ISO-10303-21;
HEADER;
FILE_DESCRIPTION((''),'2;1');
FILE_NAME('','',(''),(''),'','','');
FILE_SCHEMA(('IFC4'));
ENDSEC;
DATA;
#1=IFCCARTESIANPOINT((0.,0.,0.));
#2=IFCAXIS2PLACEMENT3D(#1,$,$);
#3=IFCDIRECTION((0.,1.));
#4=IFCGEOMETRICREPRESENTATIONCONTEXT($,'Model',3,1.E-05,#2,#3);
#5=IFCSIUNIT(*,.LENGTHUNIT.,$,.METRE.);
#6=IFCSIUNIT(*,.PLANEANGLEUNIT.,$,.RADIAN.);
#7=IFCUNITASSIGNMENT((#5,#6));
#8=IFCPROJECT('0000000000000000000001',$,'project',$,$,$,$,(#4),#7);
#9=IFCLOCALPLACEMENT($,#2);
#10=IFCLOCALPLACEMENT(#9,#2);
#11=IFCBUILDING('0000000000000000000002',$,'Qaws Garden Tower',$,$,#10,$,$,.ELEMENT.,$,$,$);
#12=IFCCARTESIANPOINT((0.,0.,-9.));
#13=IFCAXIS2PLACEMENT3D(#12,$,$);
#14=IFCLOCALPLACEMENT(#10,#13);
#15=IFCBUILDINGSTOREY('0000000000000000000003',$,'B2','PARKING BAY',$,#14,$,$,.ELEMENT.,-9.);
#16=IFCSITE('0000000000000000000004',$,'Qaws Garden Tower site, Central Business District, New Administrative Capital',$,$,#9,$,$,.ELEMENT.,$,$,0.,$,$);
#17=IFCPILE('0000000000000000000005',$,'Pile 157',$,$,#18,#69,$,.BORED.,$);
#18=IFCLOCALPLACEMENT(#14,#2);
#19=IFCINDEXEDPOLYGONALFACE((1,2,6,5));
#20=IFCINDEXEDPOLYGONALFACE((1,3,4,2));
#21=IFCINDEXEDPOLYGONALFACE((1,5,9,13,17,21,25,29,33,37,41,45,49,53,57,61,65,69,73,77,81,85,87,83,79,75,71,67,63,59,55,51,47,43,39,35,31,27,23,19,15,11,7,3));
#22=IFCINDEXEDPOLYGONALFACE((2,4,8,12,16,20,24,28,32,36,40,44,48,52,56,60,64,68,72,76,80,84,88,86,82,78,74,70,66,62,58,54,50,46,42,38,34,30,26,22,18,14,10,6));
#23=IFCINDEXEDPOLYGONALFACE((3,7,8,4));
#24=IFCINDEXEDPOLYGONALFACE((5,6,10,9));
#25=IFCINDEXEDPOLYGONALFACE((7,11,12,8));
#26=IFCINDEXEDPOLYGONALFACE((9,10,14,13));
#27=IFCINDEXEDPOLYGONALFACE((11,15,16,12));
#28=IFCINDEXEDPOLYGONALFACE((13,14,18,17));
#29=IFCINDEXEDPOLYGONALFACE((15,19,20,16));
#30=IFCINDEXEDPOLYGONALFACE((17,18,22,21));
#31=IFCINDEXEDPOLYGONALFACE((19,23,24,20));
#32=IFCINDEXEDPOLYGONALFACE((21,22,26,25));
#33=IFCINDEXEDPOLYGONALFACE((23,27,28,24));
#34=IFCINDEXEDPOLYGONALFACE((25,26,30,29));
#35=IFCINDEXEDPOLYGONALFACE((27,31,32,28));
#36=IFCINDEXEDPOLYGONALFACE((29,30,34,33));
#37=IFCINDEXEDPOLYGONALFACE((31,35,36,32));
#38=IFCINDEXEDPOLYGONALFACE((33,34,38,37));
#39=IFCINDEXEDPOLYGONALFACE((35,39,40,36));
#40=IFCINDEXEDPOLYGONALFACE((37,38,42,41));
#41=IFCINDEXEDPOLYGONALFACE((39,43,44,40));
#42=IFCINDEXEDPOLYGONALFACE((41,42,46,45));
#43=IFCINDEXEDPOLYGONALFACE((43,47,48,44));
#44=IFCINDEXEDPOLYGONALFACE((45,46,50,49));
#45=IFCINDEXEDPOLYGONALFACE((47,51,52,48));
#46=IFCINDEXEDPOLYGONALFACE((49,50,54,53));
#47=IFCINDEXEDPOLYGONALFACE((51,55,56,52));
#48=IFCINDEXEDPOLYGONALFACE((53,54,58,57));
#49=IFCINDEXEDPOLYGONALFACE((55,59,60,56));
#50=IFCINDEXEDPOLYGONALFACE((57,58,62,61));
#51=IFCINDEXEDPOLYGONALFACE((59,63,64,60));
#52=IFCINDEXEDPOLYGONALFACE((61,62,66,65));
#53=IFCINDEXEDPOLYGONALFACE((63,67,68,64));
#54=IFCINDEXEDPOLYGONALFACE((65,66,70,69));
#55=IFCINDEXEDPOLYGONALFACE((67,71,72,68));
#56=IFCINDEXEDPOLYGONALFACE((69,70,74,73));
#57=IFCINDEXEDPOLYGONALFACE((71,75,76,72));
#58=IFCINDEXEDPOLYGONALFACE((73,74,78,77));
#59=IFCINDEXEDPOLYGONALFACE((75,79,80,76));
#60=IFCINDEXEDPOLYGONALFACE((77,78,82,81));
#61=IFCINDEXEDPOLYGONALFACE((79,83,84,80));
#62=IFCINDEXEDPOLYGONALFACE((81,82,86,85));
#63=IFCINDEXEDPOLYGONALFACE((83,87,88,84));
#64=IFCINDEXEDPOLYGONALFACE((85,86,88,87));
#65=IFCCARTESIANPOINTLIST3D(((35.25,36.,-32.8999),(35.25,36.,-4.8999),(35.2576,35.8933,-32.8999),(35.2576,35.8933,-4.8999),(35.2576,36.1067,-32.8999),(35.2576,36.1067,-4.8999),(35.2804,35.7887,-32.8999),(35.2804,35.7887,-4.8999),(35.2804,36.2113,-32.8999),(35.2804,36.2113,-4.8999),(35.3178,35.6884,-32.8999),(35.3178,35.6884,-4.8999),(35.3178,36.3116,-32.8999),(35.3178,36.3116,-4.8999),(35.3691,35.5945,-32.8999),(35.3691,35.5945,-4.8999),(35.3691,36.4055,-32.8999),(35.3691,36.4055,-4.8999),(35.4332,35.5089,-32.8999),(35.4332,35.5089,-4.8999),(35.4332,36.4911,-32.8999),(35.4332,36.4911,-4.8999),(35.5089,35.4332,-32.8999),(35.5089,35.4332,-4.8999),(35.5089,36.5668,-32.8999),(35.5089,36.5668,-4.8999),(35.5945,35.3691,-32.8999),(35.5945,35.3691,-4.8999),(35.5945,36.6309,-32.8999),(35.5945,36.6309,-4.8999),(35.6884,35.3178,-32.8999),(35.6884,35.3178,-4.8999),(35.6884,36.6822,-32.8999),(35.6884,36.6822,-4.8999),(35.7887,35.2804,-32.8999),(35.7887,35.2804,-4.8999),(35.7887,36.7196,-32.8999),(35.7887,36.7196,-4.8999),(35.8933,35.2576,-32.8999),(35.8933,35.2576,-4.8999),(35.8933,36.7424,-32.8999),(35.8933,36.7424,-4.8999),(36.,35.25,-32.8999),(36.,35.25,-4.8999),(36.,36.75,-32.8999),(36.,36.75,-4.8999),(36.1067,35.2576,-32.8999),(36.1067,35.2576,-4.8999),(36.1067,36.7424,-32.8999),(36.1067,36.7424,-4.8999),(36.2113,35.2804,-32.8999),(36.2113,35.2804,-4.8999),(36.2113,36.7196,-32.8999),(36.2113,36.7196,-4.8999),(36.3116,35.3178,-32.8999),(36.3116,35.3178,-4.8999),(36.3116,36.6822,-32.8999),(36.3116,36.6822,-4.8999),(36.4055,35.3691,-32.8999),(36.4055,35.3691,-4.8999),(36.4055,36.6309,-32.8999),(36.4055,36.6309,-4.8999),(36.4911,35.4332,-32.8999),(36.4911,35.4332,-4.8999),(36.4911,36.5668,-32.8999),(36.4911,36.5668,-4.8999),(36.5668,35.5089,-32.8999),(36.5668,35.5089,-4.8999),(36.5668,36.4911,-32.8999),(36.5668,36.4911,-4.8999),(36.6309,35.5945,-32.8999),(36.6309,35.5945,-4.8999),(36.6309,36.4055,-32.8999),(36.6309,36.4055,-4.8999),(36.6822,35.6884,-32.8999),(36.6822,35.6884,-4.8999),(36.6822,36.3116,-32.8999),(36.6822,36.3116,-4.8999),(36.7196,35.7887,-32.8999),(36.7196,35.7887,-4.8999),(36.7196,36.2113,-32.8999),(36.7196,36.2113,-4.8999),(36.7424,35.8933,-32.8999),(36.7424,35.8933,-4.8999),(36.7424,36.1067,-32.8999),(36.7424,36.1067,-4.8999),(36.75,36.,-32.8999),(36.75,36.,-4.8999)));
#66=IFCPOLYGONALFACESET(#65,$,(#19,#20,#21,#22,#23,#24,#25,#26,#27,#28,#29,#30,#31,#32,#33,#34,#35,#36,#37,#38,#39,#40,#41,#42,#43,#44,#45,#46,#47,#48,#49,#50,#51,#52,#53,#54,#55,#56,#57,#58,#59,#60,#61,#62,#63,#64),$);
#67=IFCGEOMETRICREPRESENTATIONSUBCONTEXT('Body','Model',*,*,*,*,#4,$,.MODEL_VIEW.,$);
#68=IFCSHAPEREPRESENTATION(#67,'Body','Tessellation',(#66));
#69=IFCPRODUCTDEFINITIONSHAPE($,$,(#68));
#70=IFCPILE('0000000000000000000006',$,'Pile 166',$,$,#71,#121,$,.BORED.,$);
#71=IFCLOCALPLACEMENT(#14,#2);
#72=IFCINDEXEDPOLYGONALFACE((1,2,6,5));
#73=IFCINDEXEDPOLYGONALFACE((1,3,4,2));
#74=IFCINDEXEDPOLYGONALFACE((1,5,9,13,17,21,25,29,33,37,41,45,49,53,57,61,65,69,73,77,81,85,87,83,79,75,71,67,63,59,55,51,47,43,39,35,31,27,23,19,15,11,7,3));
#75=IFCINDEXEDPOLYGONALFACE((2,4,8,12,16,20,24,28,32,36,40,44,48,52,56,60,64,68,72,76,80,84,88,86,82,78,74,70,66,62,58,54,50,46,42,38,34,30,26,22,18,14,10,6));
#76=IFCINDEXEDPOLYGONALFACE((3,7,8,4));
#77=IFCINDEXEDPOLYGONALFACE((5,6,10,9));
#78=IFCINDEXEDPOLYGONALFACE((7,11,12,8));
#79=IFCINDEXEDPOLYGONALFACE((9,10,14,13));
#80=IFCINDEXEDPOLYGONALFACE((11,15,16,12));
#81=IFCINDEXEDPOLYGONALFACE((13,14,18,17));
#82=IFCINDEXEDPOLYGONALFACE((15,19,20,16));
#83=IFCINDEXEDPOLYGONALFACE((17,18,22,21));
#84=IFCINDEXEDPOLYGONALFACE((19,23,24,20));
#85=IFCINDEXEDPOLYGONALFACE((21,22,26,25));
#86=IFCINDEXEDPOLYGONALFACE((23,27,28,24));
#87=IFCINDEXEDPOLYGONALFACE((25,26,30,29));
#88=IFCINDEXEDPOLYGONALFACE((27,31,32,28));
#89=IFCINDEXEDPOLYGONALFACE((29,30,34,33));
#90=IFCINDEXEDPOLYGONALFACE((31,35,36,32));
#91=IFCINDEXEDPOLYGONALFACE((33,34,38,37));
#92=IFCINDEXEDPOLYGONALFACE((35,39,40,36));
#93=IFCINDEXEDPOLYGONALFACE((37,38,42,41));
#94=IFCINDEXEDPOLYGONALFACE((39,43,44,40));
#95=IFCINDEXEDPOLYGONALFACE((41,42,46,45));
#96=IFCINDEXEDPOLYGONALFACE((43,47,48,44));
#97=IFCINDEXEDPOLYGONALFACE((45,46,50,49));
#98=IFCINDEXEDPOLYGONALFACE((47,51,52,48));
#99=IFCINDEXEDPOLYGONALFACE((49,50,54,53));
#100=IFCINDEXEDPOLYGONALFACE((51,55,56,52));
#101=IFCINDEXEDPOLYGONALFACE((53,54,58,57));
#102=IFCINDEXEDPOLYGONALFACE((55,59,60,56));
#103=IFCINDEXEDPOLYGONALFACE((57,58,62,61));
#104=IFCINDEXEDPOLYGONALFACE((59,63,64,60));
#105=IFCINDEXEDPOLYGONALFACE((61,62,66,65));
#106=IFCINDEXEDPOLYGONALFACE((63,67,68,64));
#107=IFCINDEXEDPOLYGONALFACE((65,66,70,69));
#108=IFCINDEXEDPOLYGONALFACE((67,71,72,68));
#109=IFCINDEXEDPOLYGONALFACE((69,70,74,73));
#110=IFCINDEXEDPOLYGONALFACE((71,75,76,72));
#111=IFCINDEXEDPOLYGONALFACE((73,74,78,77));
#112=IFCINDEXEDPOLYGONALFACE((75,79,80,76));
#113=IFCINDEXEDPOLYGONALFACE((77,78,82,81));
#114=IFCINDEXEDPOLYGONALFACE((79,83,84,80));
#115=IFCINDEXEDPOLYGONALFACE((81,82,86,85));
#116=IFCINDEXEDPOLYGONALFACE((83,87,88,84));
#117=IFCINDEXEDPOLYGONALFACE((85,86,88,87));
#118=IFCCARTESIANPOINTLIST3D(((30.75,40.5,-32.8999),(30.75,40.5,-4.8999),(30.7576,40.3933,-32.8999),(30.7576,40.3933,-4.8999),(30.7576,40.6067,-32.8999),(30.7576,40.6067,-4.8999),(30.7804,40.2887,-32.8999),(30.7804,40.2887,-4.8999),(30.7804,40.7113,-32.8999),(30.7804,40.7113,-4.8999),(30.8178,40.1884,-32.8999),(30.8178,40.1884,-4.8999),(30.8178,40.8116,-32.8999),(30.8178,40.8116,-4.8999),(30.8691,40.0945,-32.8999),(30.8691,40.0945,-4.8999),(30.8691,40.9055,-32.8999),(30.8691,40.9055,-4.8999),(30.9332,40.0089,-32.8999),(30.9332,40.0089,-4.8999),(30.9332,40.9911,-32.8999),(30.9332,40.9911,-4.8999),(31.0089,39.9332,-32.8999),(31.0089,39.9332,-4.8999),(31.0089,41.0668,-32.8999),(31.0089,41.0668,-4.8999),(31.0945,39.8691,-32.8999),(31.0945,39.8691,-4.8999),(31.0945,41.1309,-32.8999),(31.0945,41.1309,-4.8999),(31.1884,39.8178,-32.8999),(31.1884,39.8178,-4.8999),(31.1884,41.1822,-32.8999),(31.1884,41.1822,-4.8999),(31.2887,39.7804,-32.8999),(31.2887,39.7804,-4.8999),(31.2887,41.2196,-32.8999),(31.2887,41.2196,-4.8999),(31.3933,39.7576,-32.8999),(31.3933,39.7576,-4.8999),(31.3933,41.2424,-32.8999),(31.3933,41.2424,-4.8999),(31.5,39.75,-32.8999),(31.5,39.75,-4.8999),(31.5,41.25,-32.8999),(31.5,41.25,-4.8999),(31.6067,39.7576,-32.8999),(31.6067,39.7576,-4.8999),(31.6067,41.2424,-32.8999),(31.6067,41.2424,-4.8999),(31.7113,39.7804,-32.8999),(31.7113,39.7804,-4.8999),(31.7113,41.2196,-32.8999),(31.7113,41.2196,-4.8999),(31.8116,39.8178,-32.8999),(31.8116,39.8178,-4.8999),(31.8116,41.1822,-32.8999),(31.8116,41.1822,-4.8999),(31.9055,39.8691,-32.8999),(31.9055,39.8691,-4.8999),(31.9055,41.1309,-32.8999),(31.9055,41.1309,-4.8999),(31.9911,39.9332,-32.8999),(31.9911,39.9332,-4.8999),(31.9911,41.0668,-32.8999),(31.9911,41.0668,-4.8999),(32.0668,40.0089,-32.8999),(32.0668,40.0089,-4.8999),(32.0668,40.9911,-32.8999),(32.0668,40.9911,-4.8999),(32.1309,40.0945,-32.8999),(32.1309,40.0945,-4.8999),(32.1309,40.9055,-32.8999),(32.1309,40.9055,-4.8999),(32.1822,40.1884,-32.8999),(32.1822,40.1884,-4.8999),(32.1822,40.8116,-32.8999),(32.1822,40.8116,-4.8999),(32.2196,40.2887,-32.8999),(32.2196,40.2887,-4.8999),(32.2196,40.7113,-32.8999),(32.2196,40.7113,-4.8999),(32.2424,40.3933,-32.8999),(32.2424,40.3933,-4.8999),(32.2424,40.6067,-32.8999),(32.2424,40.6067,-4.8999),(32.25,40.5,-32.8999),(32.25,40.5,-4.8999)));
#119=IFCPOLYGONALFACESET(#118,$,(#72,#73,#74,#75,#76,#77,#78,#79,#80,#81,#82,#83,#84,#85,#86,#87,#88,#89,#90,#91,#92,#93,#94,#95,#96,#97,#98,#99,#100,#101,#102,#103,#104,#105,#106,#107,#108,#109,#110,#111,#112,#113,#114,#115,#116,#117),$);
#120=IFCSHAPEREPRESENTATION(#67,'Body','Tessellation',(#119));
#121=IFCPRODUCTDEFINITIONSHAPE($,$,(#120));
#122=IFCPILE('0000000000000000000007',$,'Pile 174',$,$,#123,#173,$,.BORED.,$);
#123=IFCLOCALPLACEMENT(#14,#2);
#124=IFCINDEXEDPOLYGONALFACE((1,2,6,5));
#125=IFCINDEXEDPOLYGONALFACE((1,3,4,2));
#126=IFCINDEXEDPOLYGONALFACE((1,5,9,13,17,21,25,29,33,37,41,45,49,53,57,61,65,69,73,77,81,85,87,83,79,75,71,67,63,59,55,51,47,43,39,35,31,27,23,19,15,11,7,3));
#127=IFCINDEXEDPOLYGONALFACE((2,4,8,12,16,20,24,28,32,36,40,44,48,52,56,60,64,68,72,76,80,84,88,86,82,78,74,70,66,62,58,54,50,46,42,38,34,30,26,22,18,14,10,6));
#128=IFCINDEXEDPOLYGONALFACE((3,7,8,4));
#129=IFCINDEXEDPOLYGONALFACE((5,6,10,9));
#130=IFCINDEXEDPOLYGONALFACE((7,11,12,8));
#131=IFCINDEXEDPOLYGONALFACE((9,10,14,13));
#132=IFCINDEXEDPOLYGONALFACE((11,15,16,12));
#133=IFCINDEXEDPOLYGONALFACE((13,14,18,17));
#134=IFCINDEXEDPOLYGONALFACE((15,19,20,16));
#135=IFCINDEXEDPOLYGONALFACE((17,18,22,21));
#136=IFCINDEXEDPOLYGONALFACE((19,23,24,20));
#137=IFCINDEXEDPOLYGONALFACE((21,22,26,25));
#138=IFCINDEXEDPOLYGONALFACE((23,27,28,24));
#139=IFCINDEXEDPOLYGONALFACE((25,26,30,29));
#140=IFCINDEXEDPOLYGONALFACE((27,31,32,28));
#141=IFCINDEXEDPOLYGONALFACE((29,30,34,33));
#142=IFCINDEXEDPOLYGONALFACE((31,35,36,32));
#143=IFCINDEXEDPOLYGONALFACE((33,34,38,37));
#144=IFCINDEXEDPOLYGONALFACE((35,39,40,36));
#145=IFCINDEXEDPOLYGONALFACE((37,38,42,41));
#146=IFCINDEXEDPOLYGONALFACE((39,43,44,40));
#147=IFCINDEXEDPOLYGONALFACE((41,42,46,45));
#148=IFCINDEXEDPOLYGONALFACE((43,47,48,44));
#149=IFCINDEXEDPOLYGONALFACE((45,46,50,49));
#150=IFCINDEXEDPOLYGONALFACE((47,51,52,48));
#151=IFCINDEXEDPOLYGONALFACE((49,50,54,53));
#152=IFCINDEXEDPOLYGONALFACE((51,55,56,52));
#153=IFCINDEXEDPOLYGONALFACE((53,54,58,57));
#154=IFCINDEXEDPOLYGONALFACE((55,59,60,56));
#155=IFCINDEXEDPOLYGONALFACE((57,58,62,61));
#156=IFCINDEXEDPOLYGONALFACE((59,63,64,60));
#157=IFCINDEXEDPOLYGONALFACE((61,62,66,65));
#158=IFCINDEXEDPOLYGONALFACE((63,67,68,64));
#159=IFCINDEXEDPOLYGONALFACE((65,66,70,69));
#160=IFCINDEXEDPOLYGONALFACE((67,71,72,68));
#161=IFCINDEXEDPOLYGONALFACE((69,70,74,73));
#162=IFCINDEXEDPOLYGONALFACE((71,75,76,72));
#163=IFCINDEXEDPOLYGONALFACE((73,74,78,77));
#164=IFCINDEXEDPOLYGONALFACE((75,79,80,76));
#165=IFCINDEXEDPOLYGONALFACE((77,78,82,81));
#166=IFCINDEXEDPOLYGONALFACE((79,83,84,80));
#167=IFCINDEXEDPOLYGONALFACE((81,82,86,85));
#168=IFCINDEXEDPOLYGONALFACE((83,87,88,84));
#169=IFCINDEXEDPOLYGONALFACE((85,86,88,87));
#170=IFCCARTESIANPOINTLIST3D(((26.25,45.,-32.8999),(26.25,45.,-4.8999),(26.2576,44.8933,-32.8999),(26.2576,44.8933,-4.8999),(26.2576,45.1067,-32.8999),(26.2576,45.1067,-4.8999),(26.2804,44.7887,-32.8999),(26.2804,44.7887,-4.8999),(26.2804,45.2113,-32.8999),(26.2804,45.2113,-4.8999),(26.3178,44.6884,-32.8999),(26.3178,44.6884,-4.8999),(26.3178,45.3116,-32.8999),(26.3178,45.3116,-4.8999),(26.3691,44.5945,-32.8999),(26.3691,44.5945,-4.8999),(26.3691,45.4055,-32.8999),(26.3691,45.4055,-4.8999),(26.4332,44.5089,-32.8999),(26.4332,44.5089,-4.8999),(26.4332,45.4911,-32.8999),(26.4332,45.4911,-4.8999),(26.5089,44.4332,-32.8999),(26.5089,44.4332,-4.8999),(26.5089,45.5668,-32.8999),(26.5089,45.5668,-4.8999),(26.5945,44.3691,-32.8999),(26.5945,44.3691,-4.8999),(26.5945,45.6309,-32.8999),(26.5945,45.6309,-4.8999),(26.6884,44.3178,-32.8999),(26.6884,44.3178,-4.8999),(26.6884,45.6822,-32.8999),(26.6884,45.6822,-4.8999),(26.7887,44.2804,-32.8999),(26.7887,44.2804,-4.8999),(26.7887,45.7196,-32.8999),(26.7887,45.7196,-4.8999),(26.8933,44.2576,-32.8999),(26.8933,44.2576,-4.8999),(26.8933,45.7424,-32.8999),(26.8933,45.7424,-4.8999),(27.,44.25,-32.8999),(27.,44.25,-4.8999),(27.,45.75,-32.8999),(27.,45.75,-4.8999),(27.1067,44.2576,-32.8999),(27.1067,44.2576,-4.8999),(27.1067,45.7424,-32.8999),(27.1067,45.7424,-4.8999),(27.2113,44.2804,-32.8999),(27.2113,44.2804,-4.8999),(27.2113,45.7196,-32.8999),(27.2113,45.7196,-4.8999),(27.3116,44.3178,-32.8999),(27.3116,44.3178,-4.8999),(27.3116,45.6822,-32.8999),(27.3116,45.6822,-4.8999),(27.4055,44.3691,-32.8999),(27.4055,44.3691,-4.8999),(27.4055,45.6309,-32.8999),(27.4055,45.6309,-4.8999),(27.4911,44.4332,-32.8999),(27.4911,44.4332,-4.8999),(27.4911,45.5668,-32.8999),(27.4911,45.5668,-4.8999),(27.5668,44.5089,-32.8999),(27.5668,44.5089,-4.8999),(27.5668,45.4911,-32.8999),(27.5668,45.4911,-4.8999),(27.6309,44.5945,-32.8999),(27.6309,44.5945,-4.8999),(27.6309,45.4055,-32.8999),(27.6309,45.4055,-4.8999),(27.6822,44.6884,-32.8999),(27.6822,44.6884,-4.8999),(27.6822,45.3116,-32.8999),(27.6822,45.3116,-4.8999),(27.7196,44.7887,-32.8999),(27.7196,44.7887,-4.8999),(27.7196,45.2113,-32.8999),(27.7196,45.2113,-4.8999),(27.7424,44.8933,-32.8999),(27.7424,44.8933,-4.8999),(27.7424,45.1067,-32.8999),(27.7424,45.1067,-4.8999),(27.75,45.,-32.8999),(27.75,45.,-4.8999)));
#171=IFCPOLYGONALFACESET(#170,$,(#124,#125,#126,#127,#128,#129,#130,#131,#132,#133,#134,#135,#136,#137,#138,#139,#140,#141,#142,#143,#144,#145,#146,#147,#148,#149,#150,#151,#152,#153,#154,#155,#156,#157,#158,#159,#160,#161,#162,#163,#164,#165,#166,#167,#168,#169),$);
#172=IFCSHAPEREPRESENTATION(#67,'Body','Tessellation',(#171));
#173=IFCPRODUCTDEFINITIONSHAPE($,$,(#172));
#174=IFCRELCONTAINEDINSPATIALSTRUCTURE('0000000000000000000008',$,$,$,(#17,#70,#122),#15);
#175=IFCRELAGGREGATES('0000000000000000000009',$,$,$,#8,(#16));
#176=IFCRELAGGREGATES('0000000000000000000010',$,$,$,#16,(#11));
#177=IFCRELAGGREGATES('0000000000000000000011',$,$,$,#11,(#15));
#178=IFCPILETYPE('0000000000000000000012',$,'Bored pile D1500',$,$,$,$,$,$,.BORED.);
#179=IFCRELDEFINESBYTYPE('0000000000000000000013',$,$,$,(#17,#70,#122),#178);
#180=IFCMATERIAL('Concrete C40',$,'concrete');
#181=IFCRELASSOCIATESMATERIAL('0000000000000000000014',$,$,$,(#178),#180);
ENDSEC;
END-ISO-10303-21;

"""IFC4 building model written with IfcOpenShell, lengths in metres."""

from ifc_helpers import new_model, si_unit, direction, frame, origin, origin_2d, place, context, subcontext, project, spatial, circle, extrude, material, material_profile, profile_set, type_object, element, save


model = new_model("IFC4")

# Units and contexts
model_context = context("Model", 3, precision=1e-05, world=origin(), true_north=direction((0.0, 1.0)))
body_context = subcontext(model_context, "Body", "Model", "MODEL_VIEW")
ifc_project = project(units=[si_unit("LENGTHUNIT", "METRE"), si_unit("PLANEANGLEUNIT", "RADIAN")], contexts=[model_context])

# Site, building, storey
site_placement = place(None, origin())
site = spatial("IfcSite", under=ifc_project, at=site_placement, Name="Qaws Garden Tower site, Central Business District, New Administrative Capital", CompositionType="ELEMENT", RefElevation=0.0)
building_placement = place(site_placement, origin())
building = spatial("IfcBuilding", under=site, at=building_placement, Name="Qaws Garden Tower", CompositionType="ELEMENT")
storey_placement = place(building_placement, frame((0.0, 0.0, -9.0)))
storey = spatial("IfcBuildingStorey", under=building, at=storey_placement, Name="B2", Description="PARKING BAY", CompositionType="ELEMENT", Elevation=-9.0)

# Piles
ifc_material_1 = material(Name="Concrete C40", Category="concrete")
ifc_material_profile_1 = material_profile(ifc_material_1, circle(Radius=0.75, at=origin_2d()), Name="Bored pile D1500")
ifc_profile_set_1 = profile_set([ifc_material_profile_1], Name="Concrete C40")
pile_type = type_object("IfcPileType", Name="Bored pile D1500", PredefinedType="BORED", material=ifc_profile_set_1)
for number, where, z_axis, x_axis, name in (
    (1, (36.0, 36.0, -4.8999), (0.0, 0.0, -1.0), (1.0, 0.0, 0.0), "Pile 157"),
    (2, (31.5, 40.5, -4.8999), (0.0, 0.0, -1.0), (1.0, 0.0, 0.0), "Pile 166"),
    (3, (27.0, 45.0, -4.8999), (0.0, 0.0, -1.0), (1.0, 0.0, 0.0), "Pile 174"),
):
    element("IfcPile", number, at=place(storey_placement, frame(where, z_axis=z_axis, x_axis=x_axis)), inside=storey, type_object=pile_type, Name=name, PredefinedType="BORED", context=body_context, shape_type="SweptSolid", body=[
        extrude(circle(Radius=0.75, at=origin_2d()), origin(), (0.0, 0.0, 1.0), 28.0),
    ])

save(model, "model.ifc")
